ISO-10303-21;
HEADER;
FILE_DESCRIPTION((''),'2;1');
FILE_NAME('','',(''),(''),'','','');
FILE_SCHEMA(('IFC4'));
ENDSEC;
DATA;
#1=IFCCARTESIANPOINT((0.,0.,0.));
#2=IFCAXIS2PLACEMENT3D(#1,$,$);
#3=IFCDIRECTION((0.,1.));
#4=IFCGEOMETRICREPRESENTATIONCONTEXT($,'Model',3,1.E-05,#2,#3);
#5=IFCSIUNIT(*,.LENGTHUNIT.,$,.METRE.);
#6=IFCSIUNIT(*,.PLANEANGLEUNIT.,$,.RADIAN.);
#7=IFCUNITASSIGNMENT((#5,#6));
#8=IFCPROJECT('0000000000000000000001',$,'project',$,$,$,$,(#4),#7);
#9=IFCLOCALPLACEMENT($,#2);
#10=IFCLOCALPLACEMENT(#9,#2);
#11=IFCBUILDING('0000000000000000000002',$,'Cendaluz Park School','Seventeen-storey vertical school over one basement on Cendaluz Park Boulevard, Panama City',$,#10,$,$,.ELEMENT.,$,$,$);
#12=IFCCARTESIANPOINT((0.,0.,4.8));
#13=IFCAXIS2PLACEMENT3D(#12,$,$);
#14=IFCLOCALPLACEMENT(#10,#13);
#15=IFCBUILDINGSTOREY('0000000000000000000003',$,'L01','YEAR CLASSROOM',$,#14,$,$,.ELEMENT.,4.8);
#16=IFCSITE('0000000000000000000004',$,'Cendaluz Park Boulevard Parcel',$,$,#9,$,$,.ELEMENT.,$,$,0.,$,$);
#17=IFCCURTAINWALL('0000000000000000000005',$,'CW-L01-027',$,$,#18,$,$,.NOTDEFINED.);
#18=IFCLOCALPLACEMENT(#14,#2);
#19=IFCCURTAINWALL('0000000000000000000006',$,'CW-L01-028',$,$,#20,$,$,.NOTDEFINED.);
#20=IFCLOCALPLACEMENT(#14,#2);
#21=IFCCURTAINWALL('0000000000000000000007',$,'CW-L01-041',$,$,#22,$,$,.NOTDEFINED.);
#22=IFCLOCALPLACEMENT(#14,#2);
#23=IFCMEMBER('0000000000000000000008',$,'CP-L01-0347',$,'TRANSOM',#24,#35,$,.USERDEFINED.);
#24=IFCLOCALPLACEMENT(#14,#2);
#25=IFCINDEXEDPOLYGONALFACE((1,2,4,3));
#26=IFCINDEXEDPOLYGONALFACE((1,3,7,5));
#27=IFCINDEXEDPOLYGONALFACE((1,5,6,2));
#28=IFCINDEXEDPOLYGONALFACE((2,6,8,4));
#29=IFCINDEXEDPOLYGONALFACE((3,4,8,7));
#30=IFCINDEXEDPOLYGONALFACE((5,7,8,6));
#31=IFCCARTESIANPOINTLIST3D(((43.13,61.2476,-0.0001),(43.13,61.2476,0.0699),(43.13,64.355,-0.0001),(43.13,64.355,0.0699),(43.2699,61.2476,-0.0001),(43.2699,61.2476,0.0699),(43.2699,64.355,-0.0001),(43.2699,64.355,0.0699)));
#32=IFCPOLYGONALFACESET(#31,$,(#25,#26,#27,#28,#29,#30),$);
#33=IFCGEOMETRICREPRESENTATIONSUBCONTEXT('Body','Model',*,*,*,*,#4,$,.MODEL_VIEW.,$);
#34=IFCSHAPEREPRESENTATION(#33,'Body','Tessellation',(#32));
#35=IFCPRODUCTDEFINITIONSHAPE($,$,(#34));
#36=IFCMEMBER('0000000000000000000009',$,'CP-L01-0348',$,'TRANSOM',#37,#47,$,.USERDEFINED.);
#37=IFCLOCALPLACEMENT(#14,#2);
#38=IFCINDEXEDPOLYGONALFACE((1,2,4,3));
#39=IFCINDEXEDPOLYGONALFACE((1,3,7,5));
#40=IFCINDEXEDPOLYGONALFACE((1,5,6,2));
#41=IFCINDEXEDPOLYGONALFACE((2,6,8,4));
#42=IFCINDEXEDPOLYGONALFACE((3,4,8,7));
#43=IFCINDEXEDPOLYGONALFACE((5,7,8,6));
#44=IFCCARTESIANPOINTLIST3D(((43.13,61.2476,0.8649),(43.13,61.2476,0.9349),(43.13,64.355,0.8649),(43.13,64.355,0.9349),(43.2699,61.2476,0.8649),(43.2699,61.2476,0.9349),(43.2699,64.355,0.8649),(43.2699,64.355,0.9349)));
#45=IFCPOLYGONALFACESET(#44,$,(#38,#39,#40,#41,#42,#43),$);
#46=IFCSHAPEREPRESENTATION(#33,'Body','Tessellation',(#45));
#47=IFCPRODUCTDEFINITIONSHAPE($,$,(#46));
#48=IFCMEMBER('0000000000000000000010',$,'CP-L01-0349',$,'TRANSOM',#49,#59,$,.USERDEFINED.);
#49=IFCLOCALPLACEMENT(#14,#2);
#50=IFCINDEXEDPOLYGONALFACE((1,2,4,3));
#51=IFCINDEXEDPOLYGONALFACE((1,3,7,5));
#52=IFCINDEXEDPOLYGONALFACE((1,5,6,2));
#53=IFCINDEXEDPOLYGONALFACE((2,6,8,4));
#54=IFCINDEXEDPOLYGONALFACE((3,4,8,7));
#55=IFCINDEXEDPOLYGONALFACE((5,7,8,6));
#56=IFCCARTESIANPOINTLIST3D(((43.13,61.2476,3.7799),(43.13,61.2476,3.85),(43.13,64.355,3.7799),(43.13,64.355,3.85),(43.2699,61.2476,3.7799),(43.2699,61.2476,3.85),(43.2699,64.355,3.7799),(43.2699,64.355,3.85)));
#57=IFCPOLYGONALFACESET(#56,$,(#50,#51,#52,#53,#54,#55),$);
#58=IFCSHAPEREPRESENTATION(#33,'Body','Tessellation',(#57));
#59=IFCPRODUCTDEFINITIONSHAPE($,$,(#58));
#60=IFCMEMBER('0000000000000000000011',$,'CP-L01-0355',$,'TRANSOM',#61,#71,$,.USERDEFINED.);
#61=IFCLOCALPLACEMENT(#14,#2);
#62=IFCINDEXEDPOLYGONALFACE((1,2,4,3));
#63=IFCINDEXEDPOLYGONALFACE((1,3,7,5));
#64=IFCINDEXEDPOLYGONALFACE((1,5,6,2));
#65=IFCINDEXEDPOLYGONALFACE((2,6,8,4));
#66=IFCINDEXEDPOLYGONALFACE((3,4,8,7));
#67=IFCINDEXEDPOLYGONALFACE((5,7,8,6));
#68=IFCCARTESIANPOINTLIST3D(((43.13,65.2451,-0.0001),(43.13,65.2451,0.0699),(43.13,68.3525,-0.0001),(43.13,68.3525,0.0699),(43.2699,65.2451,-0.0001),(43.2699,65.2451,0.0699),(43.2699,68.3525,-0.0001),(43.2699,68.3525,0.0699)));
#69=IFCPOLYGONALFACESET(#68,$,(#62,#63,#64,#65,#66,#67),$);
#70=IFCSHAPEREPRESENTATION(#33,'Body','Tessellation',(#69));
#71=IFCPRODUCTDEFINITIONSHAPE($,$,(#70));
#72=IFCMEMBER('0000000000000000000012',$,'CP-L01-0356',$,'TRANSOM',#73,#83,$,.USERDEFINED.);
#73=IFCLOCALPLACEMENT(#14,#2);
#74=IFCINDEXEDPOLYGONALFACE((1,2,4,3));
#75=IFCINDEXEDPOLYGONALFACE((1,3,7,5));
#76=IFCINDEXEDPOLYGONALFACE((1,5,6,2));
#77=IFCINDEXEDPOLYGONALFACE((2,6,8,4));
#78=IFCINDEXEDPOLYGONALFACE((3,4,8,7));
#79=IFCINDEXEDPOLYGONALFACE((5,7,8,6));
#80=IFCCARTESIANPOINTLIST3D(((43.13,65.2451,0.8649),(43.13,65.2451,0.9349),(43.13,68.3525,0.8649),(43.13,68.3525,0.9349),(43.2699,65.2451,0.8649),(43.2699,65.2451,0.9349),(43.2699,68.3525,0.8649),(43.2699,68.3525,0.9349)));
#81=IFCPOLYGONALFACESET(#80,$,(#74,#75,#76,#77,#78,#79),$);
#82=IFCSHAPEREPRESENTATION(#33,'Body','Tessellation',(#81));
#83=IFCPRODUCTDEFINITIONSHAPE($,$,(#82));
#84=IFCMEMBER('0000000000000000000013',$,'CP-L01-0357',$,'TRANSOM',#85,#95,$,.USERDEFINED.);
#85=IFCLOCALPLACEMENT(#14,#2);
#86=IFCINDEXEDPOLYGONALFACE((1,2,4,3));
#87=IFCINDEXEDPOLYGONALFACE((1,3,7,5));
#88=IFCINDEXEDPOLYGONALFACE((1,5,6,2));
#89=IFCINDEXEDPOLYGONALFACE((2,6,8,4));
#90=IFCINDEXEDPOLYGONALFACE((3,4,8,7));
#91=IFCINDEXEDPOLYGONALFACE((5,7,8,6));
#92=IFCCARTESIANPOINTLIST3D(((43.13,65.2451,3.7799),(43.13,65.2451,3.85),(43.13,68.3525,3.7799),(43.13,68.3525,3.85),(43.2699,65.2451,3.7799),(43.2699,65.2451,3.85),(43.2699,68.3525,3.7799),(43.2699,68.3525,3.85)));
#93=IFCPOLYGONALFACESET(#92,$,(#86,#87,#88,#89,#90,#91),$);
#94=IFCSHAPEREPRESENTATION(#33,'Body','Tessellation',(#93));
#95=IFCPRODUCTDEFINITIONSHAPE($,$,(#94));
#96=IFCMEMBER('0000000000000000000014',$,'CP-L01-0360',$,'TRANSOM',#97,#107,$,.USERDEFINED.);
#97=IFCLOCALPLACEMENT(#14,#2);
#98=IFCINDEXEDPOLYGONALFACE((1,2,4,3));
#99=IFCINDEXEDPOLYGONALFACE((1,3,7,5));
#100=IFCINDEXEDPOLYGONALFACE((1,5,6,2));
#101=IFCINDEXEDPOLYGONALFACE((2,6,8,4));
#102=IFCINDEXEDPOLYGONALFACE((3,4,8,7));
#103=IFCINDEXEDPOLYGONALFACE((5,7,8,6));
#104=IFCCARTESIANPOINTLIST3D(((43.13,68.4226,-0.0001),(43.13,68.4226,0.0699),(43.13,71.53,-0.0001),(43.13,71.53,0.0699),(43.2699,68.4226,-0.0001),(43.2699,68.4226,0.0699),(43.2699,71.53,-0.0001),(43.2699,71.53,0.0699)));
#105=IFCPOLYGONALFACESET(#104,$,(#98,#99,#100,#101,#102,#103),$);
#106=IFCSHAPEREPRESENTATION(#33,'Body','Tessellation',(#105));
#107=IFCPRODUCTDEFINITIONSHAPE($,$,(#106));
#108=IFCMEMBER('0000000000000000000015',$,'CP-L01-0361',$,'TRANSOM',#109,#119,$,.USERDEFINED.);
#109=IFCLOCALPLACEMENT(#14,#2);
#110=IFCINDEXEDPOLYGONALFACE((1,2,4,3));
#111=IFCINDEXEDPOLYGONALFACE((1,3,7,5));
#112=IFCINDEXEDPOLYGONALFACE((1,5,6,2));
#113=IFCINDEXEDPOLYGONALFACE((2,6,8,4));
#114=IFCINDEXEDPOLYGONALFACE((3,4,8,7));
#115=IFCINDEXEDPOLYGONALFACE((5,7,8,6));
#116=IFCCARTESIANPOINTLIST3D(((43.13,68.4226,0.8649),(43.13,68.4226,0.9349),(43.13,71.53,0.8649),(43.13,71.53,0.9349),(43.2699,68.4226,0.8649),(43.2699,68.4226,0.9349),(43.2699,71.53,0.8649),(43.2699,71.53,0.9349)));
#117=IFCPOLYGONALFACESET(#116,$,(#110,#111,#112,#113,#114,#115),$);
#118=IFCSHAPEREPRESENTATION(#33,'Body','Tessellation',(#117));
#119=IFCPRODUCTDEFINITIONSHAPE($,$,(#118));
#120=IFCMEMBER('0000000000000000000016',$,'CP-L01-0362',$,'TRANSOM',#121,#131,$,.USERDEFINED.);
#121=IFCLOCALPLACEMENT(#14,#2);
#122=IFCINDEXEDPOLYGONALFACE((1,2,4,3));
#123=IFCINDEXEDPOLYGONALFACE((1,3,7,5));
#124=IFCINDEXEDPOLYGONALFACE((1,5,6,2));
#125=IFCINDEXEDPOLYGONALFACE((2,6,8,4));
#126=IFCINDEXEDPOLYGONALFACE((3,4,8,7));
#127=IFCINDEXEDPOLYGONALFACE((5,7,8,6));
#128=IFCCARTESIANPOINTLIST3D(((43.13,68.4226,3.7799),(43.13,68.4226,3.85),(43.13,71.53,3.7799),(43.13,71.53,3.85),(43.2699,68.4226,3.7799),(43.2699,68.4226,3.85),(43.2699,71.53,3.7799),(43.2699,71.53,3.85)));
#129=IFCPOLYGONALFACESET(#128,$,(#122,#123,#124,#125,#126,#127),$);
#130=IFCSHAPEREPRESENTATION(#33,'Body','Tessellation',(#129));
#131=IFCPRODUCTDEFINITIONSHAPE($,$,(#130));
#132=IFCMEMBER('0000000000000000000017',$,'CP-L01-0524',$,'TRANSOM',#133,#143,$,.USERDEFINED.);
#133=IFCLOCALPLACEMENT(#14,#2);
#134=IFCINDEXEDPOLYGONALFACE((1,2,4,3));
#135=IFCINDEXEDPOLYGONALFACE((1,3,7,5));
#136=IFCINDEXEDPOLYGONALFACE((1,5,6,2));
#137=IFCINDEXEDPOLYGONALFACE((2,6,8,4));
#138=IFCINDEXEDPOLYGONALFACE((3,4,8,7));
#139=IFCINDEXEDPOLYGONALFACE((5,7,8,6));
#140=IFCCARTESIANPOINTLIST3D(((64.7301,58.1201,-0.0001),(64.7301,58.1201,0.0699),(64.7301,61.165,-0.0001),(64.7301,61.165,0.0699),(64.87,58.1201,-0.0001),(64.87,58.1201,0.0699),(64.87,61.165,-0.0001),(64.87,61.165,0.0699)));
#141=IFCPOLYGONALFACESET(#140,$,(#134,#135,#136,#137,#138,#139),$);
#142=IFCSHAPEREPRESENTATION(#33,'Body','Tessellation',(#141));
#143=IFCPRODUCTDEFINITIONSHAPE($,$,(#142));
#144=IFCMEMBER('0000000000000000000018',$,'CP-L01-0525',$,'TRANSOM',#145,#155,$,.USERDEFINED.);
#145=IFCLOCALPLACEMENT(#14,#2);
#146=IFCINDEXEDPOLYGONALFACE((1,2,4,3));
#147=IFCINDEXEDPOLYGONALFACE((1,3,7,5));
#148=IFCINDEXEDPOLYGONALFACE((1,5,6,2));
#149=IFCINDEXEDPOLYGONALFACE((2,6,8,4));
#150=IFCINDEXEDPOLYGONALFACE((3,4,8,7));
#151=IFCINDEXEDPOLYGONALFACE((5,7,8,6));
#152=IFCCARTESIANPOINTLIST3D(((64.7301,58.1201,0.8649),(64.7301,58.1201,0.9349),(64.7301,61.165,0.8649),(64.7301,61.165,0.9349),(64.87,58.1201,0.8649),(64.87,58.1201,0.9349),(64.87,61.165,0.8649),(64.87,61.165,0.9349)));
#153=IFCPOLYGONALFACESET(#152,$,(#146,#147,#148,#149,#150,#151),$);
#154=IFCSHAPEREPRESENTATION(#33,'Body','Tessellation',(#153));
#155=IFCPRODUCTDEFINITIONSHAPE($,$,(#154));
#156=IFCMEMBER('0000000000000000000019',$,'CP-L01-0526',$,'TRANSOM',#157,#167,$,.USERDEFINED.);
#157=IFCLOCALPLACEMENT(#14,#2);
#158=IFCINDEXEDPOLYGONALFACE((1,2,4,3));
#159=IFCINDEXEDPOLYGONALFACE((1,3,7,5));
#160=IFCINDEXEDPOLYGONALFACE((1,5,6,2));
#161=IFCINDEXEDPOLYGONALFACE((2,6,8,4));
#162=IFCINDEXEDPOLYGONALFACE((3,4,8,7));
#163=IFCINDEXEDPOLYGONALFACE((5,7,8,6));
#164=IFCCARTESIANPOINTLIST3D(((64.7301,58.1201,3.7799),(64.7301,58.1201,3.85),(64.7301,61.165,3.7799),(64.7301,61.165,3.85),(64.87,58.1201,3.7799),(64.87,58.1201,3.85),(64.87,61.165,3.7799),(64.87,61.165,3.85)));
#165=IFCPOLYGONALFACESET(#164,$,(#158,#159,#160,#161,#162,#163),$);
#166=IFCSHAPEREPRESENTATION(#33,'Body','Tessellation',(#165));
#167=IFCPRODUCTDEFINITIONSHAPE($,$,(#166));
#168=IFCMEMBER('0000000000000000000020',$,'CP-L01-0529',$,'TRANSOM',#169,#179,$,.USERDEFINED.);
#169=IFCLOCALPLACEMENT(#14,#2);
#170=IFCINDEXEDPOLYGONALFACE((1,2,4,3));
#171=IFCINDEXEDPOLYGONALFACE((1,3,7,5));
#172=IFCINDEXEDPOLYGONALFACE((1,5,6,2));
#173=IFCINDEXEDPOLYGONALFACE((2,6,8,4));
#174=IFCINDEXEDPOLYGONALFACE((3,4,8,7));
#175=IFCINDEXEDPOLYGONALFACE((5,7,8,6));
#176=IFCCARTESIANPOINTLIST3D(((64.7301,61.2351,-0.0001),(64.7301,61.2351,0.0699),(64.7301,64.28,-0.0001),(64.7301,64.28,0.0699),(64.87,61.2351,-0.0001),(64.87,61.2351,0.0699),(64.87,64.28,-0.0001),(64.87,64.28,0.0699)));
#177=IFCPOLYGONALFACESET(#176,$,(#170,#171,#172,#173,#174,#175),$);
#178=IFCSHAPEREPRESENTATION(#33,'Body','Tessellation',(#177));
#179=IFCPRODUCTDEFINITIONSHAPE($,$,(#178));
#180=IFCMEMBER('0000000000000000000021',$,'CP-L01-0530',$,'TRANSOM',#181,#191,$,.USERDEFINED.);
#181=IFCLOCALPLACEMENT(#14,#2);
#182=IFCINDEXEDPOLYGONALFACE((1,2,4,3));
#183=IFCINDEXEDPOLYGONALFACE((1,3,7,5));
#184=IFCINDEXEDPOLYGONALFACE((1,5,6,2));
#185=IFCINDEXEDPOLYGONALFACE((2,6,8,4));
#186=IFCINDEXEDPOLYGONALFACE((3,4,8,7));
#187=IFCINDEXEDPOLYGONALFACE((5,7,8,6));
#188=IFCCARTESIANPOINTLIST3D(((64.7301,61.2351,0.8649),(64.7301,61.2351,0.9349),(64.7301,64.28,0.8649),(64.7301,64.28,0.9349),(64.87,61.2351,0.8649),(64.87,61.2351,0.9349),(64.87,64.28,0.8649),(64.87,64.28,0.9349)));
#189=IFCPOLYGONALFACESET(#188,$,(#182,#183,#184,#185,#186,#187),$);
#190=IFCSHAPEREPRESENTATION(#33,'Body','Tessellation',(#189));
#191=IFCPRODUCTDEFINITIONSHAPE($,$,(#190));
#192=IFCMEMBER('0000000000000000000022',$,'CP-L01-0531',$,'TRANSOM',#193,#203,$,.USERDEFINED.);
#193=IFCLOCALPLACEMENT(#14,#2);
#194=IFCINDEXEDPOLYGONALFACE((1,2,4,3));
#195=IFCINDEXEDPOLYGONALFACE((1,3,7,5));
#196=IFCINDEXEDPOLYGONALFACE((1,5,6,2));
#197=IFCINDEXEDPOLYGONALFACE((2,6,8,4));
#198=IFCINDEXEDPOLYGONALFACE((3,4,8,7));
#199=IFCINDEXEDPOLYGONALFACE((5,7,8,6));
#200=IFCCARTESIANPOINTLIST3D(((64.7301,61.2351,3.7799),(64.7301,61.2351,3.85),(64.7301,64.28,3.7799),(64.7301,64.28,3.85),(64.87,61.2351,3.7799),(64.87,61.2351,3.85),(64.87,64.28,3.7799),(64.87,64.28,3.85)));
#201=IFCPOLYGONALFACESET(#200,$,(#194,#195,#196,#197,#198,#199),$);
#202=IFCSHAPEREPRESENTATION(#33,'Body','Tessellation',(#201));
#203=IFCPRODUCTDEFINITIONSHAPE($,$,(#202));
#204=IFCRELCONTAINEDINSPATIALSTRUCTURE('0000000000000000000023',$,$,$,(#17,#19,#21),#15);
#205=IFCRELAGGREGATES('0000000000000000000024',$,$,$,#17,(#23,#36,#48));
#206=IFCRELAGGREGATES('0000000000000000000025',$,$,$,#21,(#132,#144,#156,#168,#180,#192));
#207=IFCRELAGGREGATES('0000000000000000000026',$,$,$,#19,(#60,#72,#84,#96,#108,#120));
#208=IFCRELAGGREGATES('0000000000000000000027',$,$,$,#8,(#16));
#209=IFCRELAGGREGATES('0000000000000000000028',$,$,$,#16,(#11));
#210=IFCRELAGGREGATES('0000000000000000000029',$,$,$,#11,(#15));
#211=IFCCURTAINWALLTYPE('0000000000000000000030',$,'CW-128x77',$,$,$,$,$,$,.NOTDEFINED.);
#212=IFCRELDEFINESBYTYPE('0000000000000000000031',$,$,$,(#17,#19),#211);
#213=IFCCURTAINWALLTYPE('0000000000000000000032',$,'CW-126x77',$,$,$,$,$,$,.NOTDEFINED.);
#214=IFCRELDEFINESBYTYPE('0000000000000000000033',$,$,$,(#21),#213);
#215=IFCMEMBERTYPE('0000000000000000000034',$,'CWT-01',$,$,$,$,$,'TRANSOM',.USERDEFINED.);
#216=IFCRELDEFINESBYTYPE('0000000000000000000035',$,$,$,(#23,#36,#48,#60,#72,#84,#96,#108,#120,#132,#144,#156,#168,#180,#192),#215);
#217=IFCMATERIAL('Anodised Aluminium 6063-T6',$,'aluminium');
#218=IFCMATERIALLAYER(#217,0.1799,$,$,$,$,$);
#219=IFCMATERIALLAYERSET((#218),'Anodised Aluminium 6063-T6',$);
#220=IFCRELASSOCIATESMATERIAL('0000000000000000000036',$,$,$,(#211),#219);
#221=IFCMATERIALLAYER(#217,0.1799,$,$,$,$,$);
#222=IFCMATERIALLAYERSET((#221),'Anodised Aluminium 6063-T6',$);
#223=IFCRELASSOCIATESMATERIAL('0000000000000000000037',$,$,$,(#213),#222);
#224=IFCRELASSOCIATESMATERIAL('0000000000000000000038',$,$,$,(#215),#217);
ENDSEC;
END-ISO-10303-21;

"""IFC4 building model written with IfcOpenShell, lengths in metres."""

from ifc_helpers import new_model, si_unit, direction, frame, origin, origin_2d, place, context, subcontext, project, spatial, rectangle, extrude, material, layer, layer_set, material_profile, profile_set, type_object, element, aggregate, save


model = new_model("IFC4")

# Units and contexts
model_context = context("Model", 3, precision=1e-05, world=origin(), true_north=direction((0.0, 1.0)))
body_context = subcontext(model_context, "Body", "Model", "MODEL_VIEW")
ifc_project = project(units=[si_unit("LENGTHUNIT", "METRE"), si_unit("PLANEANGLEUNIT", "RADIAN")], contexts=[model_context])

# Site, building, storey
site_placement = place(None, origin())
site = spatial("IfcSite", under=ifc_project, at=site_placement, Name="Cendaluz Park Boulevard Parcel", CompositionType="ELEMENT", RefElevation=0.0)
building_placement = place(site_placement, origin())
building = spatial("IfcBuilding", under=site, at=building_placement, Name="Cendaluz Park School", Description="Seventeen-storey vertical school over one basement on Cendaluz Park Boulevard, Panama City", CompositionType="ELEMENT")
storey_placement = place(building_placement, frame((0.0, 0.0, 4.8)))
storey = spatial("IfcBuildingStorey", under=building, at=storey_placement, Name="L01", Description="YEAR CLASSROOM", CompositionType="ELEMENT", Elevation=4.8)

# Curtain walls
ifc_material_1 = material(Name="Anodised Aluminium 6063-T6", Category="aluminium")
ifc_layer_1 = layer(ifc_material_1, 0.1799)
ifc_layer_set_1 = layer_set([ifc_layer_1], Name="Anodised Aluminium 6063-T6")
curtain_wall_type_1 = type_object("IfcCurtainWallType", Name="CW-128x77", PredefinedType="NOTDEFINED", material=ifc_layer_set_1)
curtain_wall_1_placement = place(storey_placement, origin())
curtain_wall_1 = element("IfcCurtainWall", 1, at=curtain_wall_1_placement, inside=storey, type_object=curtain_wall_type_1, Name="CW-L01-027", PredefinedType="NOTDEFINED")
curtain_wall_2_placement = place(storey_placement, origin())
curtain_wall_2 = element("IfcCurtainWall", 2, at=curtain_wall_2_placement, inside=storey, type_object=curtain_wall_type_1, Name="CW-L01-028", PredefinedType="NOTDEFINED")
ifc_layer_2 = layer(ifc_material_1, 0.1799)
ifc_layer_set_2 = layer_set([ifc_layer_2], Name="Anodised Aluminium 6063-T6")
curtain_wall_type_2 = type_object("IfcCurtainWallType", Name="CW-126x77", PredefinedType="NOTDEFINED", material=ifc_layer_set_2)
curtain_wall_3_placement = place(storey_placement, origin())
curtain_wall_3 = element("IfcCurtainWall", 3, at=curtain_wall_3_placement, inside=storey, type_object=curtain_wall_type_2, Name="CW-L01-041", PredefinedType="NOTDEFINED")

# Members
ifc_material_profile_1 = material_profile(ifc_material_1, rectangle(XDim=0.1399, YDim=0.0701, at=origin_2d()), Name="CWT 140x70", Category="aluminium")
ifc_profile_set_1 = profile_set([ifc_material_profile_1], Name="Anodised Aluminium 6063-T6")
member_type_1 = type_object("IfcMemberType", Name="CWT-01", ElementType="TRANSOM", PredefinedType="USERDEFINED", material=ifc_profile_set_1)
member_1_placement = place(storey_placement, frame((43.2, 61.2476, 0.0349), z_axis=(0.0, 1.0, 0.0), x_axis=(-1.0, 0.0, 0.0)))
member_1 = element("IfcMember", 4, at=member_1_placement, type_object=member_type_1, Name="CP-L01-0347", ObjectType="TRANSOM", PredefinedType="USERDEFINED", context=body_context, shape_type="SweptSolid", body=[
    extrude(rectangle(XDim=0.1399, YDim=0.0701, at=origin_2d()), origin(), (0.0, 0.0, 1.0), 3.1074),
])
member_2_placement = place(storey_placement, frame((43.2, 61.2476, 0.8999), z_axis=(0.0, 1.0, 0.0), x_axis=(-1.0, 0.0, 0.0)))
member_2 = element("IfcMember", 5, at=member_2_placement, type_object=member_type_1, Name="CP-L01-0348", ObjectType="TRANSOM", PredefinedType="USERDEFINED", context=body_context, shape_type="SweptSolid", body=[
    extrude(rectangle(XDim=0.1399, YDim=0.0701, at=origin_2d()), origin(), (0.0, 0.0, 1.0), 3.1074),
])
member_3_placement = place(storey_placement, frame((43.2, 61.2476, 3.8149), z_axis=(0.0, 1.0, 0.0), x_axis=(-1.0, 0.0, 0.0)))
member_3 = element("IfcMember", 6, at=member_3_placement, type_object=member_type_1, Name="CP-L01-0349", ObjectType="TRANSOM", PredefinedType="USERDEFINED", context=body_context, shape_type="SweptSolid", body=[
    extrude(rectangle(XDim=0.1399, YDim=0.0701, at=origin_2d()), origin(), (0.0, 0.0, 1.0), 3.1074),
])
member_4_placement = place(storey_placement, frame((43.2, 65.2451, 0.0349), z_axis=(0.0, 1.0, 0.0), x_axis=(-1.0, 0.0, 0.0)))
member_4 = element("IfcMember", 7, at=member_4_placement, type_object=member_type_1, Name="CP-L01-0355", ObjectType="TRANSOM", PredefinedType="USERDEFINED", context=body_context, shape_type="SweptSolid", body=[
    extrude(rectangle(XDim=0.1399, YDim=0.0701, at=origin_2d()), origin(), (0.0, 0.0, 1.0), 3.1074),
])
member_5_placement = place(storey_placement, frame((43.2, 65.2451, 0.8999), z_axis=(0.0, 1.0, 0.0), x_axis=(-1.0, 0.0, 0.0)))
member_5 = element("IfcMember", 8, at=member_5_placement, type_object=member_type_1, Name="CP-L01-0356", ObjectType="TRANSOM", PredefinedType="USERDEFINED", context=body_context, shape_type="SweptSolid", body=[
    extrude(rectangle(XDim=0.1399, YDim=0.0701, at=origin_2d()), origin(), (0.0, 0.0, 1.0), 3.1074),
])
member_6_placement = place(storey_placement, frame((43.2, 65.2451, 3.8149), z_axis=(0.0, 1.0, 0.0), x_axis=(-1.0, 0.0, 0.0)))
member_6 = element("IfcMember", 9, at=member_6_placement, type_object=member_type_1, Name="CP-L01-0357", ObjectType="TRANSOM", PredefinedType="USERDEFINED", context=body_context, shape_type="SweptSolid", body=[
    extrude(rectangle(XDim=0.1399, YDim=0.0701, at=origin_2d()), origin(), (0.0, 0.0, 1.0), 3.1074),
])
member_7_placement = place(storey_placement, frame((43.2, 68.4226, 0.0349), z_axis=(0.0, 1.0, 0.0), x_axis=(-1.0, 0.0, 0.0)))
member_7 = element("IfcMember", 10, at=member_7_placement, type_object=member_type_1, Name="CP-L01-0360", ObjectType="TRANSOM", PredefinedType="USERDEFINED", context=body_context, shape_type="SweptSolid", body=[
    extrude(rectangle(XDim=0.1399, YDim=0.0701, at=origin_2d()), origin(), (0.0, 0.0, 1.0), 3.1074),
])
member_8_placement = place(storey_placement, frame((43.2, 68.4226, 0.8999), z_axis=(0.0, 1.0, 0.0), x_axis=(-1.0, 0.0, 0.0)))
member_8 = element("IfcMember", 11, at=member_8_placement, type_object=member_type_1, Name="CP-L01-0361", ObjectType="TRANSOM", PredefinedType="USERDEFINED", context=body_context, shape_type="SweptSolid", body=[
    extrude(rectangle(XDim=0.1399, YDim=0.0701, at=origin_2d()), origin(), (0.0, 0.0, 1.0), 3.1074),
])
member_9_placement = place(storey_placement, frame((43.2, 68.4226, 3.8149), z_axis=(0.0, 1.0, 0.0), x_axis=(-1.0, 0.0, 0.0)))
member_9 = element("IfcMember", 12, at=member_9_placement, type_object=member_type_1, Name="CP-L01-0362", ObjectType="TRANSOM", PredefinedType="USERDEFINED", context=body_context, shape_type="SweptSolid", body=[
    extrude(rectangle(XDim=0.1399, YDim=0.0701, at=origin_2d()), origin(), (0.0, 0.0, 1.0), 3.1074),
])
member_10_placement = place(storey_placement, frame((64.8, 58.1201, 0.0349), z_axis=(0.0, 1.0, 0.0), x_axis=(-1.0, 0.0, 0.0)))
member_10 = element("IfcMember", 13, at=member_10_placement, type_object=member_type_1, Name="CP-L01-0524", ObjectType="TRANSOM", PredefinedType="USERDEFINED", context=body_context, shape_type="SweptSolid", body=[
    extrude(rectangle(XDim=0.1399, YDim=0.0701, at=origin_2d()), origin(), (0.0, 0.0, 1.0), 3.0449),
])
member_11_placement = place(storey_placement, frame((64.8, 58.1201, 0.8999), z_axis=(0.0, 1.0, 0.0), x_axis=(-1.0, 0.0, 0.0)))
member_11 = element("IfcMember", 14, at=member_11_placement, type_object=member_type_1, Name="CP-L01-0525", ObjectType="TRANSOM", PredefinedType="USERDEFINED", context=body_context, shape_type="SweptSolid", body=[
    extrude(rectangle(XDim=0.1399, YDim=0.0701, at=origin_2d()), origin(), (0.0, 0.0, 1.0), 3.0449),
])
member_12_placement = place(storey_placement, frame((64.8, 58.1201, 3.8149), z_axis=(0.0, 1.0, 0.0), x_axis=(-1.0, 0.0, 0.0)))
member_12 = element("IfcMember", 15, at=member_12_placement, type_object=member_type_1, Name="CP-L01-0526", ObjectType="TRANSOM", PredefinedType="USERDEFINED", context=body_context, shape_type="SweptSolid", body=[
    extrude(rectangle(XDim=0.1399, YDim=0.0701, at=origin_2d()), origin(), (0.0, 0.0, 1.0), 3.0449),
])
member_13_placement = place(storey_placement, frame((64.8, 61.2351, 0.0349), z_axis=(0.0, 1.0, 0.0), x_axis=(-1.0, 0.0, 0.0)))
member_13 = element("IfcMember", 16, at=member_13_placement, type_object=member_type_1, Name="CP-L01-0529", ObjectType="TRANSOM", PredefinedType="USERDEFINED", context=body_context, shape_type="SweptSolid", body=[
    extrude(rectangle(XDim=0.1399, YDim=0.0701, at=origin_2d()), origin(), (0.0, 0.0, 1.0), 3.0449),
])
member_14_placement = place(storey_placement, frame((64.8, 61.2351, 0.8999), z_axis=(0.0, 1.0, 0.0), x_axis=(-1.0, 0.0, 0.0)))
member_14 = element("IfcMember", 17, at=member_14_placement, type_object=member_type_1, Name="CP-L01-0530", ObjectType="TRANSOM", PredefinedType="USERDEFINED", context=body_context, shape_type="SweptSolid", body=[
    extrude(rectangle(XDim=0.1399, YDim=0.0701, at=origin_2d()), origin(), (0.0, 0.0, 1.0), 3.0449),
])
member_15_placement = place(storey_placement, frame((64.8, 61.2351, 3.8149), z_axis=(0.0, 1.0, 0.0), x_axis=(-1.0, 0.0, 0.0)))
member_15 = element("IfcMember", 18, at=member_15_placement, type_object=member_type_1, Name="CP-L01-0531", ObjectType="TRANSOM", PredefinedType="USERDEFINED", context=body_context, shape_type="SweptSolid", body=[
    extrude(rectangle(XDim=0.1399, YDim=0.0701, at=origin_2d()), origin(), (0.0, 0.0, 1.0), 3.0449),
])

aggregate(curtain_wall_1, [member_1, member_2, member_3])
aggregate(curtain_wall_3, [member_10, member_11, member_12, member_13, member_14, member_15])
aggregate(curtain_wall_2, [member_4, member_5, member_6, member_7, member_8, member_9])

save(model, "model.ifc")
